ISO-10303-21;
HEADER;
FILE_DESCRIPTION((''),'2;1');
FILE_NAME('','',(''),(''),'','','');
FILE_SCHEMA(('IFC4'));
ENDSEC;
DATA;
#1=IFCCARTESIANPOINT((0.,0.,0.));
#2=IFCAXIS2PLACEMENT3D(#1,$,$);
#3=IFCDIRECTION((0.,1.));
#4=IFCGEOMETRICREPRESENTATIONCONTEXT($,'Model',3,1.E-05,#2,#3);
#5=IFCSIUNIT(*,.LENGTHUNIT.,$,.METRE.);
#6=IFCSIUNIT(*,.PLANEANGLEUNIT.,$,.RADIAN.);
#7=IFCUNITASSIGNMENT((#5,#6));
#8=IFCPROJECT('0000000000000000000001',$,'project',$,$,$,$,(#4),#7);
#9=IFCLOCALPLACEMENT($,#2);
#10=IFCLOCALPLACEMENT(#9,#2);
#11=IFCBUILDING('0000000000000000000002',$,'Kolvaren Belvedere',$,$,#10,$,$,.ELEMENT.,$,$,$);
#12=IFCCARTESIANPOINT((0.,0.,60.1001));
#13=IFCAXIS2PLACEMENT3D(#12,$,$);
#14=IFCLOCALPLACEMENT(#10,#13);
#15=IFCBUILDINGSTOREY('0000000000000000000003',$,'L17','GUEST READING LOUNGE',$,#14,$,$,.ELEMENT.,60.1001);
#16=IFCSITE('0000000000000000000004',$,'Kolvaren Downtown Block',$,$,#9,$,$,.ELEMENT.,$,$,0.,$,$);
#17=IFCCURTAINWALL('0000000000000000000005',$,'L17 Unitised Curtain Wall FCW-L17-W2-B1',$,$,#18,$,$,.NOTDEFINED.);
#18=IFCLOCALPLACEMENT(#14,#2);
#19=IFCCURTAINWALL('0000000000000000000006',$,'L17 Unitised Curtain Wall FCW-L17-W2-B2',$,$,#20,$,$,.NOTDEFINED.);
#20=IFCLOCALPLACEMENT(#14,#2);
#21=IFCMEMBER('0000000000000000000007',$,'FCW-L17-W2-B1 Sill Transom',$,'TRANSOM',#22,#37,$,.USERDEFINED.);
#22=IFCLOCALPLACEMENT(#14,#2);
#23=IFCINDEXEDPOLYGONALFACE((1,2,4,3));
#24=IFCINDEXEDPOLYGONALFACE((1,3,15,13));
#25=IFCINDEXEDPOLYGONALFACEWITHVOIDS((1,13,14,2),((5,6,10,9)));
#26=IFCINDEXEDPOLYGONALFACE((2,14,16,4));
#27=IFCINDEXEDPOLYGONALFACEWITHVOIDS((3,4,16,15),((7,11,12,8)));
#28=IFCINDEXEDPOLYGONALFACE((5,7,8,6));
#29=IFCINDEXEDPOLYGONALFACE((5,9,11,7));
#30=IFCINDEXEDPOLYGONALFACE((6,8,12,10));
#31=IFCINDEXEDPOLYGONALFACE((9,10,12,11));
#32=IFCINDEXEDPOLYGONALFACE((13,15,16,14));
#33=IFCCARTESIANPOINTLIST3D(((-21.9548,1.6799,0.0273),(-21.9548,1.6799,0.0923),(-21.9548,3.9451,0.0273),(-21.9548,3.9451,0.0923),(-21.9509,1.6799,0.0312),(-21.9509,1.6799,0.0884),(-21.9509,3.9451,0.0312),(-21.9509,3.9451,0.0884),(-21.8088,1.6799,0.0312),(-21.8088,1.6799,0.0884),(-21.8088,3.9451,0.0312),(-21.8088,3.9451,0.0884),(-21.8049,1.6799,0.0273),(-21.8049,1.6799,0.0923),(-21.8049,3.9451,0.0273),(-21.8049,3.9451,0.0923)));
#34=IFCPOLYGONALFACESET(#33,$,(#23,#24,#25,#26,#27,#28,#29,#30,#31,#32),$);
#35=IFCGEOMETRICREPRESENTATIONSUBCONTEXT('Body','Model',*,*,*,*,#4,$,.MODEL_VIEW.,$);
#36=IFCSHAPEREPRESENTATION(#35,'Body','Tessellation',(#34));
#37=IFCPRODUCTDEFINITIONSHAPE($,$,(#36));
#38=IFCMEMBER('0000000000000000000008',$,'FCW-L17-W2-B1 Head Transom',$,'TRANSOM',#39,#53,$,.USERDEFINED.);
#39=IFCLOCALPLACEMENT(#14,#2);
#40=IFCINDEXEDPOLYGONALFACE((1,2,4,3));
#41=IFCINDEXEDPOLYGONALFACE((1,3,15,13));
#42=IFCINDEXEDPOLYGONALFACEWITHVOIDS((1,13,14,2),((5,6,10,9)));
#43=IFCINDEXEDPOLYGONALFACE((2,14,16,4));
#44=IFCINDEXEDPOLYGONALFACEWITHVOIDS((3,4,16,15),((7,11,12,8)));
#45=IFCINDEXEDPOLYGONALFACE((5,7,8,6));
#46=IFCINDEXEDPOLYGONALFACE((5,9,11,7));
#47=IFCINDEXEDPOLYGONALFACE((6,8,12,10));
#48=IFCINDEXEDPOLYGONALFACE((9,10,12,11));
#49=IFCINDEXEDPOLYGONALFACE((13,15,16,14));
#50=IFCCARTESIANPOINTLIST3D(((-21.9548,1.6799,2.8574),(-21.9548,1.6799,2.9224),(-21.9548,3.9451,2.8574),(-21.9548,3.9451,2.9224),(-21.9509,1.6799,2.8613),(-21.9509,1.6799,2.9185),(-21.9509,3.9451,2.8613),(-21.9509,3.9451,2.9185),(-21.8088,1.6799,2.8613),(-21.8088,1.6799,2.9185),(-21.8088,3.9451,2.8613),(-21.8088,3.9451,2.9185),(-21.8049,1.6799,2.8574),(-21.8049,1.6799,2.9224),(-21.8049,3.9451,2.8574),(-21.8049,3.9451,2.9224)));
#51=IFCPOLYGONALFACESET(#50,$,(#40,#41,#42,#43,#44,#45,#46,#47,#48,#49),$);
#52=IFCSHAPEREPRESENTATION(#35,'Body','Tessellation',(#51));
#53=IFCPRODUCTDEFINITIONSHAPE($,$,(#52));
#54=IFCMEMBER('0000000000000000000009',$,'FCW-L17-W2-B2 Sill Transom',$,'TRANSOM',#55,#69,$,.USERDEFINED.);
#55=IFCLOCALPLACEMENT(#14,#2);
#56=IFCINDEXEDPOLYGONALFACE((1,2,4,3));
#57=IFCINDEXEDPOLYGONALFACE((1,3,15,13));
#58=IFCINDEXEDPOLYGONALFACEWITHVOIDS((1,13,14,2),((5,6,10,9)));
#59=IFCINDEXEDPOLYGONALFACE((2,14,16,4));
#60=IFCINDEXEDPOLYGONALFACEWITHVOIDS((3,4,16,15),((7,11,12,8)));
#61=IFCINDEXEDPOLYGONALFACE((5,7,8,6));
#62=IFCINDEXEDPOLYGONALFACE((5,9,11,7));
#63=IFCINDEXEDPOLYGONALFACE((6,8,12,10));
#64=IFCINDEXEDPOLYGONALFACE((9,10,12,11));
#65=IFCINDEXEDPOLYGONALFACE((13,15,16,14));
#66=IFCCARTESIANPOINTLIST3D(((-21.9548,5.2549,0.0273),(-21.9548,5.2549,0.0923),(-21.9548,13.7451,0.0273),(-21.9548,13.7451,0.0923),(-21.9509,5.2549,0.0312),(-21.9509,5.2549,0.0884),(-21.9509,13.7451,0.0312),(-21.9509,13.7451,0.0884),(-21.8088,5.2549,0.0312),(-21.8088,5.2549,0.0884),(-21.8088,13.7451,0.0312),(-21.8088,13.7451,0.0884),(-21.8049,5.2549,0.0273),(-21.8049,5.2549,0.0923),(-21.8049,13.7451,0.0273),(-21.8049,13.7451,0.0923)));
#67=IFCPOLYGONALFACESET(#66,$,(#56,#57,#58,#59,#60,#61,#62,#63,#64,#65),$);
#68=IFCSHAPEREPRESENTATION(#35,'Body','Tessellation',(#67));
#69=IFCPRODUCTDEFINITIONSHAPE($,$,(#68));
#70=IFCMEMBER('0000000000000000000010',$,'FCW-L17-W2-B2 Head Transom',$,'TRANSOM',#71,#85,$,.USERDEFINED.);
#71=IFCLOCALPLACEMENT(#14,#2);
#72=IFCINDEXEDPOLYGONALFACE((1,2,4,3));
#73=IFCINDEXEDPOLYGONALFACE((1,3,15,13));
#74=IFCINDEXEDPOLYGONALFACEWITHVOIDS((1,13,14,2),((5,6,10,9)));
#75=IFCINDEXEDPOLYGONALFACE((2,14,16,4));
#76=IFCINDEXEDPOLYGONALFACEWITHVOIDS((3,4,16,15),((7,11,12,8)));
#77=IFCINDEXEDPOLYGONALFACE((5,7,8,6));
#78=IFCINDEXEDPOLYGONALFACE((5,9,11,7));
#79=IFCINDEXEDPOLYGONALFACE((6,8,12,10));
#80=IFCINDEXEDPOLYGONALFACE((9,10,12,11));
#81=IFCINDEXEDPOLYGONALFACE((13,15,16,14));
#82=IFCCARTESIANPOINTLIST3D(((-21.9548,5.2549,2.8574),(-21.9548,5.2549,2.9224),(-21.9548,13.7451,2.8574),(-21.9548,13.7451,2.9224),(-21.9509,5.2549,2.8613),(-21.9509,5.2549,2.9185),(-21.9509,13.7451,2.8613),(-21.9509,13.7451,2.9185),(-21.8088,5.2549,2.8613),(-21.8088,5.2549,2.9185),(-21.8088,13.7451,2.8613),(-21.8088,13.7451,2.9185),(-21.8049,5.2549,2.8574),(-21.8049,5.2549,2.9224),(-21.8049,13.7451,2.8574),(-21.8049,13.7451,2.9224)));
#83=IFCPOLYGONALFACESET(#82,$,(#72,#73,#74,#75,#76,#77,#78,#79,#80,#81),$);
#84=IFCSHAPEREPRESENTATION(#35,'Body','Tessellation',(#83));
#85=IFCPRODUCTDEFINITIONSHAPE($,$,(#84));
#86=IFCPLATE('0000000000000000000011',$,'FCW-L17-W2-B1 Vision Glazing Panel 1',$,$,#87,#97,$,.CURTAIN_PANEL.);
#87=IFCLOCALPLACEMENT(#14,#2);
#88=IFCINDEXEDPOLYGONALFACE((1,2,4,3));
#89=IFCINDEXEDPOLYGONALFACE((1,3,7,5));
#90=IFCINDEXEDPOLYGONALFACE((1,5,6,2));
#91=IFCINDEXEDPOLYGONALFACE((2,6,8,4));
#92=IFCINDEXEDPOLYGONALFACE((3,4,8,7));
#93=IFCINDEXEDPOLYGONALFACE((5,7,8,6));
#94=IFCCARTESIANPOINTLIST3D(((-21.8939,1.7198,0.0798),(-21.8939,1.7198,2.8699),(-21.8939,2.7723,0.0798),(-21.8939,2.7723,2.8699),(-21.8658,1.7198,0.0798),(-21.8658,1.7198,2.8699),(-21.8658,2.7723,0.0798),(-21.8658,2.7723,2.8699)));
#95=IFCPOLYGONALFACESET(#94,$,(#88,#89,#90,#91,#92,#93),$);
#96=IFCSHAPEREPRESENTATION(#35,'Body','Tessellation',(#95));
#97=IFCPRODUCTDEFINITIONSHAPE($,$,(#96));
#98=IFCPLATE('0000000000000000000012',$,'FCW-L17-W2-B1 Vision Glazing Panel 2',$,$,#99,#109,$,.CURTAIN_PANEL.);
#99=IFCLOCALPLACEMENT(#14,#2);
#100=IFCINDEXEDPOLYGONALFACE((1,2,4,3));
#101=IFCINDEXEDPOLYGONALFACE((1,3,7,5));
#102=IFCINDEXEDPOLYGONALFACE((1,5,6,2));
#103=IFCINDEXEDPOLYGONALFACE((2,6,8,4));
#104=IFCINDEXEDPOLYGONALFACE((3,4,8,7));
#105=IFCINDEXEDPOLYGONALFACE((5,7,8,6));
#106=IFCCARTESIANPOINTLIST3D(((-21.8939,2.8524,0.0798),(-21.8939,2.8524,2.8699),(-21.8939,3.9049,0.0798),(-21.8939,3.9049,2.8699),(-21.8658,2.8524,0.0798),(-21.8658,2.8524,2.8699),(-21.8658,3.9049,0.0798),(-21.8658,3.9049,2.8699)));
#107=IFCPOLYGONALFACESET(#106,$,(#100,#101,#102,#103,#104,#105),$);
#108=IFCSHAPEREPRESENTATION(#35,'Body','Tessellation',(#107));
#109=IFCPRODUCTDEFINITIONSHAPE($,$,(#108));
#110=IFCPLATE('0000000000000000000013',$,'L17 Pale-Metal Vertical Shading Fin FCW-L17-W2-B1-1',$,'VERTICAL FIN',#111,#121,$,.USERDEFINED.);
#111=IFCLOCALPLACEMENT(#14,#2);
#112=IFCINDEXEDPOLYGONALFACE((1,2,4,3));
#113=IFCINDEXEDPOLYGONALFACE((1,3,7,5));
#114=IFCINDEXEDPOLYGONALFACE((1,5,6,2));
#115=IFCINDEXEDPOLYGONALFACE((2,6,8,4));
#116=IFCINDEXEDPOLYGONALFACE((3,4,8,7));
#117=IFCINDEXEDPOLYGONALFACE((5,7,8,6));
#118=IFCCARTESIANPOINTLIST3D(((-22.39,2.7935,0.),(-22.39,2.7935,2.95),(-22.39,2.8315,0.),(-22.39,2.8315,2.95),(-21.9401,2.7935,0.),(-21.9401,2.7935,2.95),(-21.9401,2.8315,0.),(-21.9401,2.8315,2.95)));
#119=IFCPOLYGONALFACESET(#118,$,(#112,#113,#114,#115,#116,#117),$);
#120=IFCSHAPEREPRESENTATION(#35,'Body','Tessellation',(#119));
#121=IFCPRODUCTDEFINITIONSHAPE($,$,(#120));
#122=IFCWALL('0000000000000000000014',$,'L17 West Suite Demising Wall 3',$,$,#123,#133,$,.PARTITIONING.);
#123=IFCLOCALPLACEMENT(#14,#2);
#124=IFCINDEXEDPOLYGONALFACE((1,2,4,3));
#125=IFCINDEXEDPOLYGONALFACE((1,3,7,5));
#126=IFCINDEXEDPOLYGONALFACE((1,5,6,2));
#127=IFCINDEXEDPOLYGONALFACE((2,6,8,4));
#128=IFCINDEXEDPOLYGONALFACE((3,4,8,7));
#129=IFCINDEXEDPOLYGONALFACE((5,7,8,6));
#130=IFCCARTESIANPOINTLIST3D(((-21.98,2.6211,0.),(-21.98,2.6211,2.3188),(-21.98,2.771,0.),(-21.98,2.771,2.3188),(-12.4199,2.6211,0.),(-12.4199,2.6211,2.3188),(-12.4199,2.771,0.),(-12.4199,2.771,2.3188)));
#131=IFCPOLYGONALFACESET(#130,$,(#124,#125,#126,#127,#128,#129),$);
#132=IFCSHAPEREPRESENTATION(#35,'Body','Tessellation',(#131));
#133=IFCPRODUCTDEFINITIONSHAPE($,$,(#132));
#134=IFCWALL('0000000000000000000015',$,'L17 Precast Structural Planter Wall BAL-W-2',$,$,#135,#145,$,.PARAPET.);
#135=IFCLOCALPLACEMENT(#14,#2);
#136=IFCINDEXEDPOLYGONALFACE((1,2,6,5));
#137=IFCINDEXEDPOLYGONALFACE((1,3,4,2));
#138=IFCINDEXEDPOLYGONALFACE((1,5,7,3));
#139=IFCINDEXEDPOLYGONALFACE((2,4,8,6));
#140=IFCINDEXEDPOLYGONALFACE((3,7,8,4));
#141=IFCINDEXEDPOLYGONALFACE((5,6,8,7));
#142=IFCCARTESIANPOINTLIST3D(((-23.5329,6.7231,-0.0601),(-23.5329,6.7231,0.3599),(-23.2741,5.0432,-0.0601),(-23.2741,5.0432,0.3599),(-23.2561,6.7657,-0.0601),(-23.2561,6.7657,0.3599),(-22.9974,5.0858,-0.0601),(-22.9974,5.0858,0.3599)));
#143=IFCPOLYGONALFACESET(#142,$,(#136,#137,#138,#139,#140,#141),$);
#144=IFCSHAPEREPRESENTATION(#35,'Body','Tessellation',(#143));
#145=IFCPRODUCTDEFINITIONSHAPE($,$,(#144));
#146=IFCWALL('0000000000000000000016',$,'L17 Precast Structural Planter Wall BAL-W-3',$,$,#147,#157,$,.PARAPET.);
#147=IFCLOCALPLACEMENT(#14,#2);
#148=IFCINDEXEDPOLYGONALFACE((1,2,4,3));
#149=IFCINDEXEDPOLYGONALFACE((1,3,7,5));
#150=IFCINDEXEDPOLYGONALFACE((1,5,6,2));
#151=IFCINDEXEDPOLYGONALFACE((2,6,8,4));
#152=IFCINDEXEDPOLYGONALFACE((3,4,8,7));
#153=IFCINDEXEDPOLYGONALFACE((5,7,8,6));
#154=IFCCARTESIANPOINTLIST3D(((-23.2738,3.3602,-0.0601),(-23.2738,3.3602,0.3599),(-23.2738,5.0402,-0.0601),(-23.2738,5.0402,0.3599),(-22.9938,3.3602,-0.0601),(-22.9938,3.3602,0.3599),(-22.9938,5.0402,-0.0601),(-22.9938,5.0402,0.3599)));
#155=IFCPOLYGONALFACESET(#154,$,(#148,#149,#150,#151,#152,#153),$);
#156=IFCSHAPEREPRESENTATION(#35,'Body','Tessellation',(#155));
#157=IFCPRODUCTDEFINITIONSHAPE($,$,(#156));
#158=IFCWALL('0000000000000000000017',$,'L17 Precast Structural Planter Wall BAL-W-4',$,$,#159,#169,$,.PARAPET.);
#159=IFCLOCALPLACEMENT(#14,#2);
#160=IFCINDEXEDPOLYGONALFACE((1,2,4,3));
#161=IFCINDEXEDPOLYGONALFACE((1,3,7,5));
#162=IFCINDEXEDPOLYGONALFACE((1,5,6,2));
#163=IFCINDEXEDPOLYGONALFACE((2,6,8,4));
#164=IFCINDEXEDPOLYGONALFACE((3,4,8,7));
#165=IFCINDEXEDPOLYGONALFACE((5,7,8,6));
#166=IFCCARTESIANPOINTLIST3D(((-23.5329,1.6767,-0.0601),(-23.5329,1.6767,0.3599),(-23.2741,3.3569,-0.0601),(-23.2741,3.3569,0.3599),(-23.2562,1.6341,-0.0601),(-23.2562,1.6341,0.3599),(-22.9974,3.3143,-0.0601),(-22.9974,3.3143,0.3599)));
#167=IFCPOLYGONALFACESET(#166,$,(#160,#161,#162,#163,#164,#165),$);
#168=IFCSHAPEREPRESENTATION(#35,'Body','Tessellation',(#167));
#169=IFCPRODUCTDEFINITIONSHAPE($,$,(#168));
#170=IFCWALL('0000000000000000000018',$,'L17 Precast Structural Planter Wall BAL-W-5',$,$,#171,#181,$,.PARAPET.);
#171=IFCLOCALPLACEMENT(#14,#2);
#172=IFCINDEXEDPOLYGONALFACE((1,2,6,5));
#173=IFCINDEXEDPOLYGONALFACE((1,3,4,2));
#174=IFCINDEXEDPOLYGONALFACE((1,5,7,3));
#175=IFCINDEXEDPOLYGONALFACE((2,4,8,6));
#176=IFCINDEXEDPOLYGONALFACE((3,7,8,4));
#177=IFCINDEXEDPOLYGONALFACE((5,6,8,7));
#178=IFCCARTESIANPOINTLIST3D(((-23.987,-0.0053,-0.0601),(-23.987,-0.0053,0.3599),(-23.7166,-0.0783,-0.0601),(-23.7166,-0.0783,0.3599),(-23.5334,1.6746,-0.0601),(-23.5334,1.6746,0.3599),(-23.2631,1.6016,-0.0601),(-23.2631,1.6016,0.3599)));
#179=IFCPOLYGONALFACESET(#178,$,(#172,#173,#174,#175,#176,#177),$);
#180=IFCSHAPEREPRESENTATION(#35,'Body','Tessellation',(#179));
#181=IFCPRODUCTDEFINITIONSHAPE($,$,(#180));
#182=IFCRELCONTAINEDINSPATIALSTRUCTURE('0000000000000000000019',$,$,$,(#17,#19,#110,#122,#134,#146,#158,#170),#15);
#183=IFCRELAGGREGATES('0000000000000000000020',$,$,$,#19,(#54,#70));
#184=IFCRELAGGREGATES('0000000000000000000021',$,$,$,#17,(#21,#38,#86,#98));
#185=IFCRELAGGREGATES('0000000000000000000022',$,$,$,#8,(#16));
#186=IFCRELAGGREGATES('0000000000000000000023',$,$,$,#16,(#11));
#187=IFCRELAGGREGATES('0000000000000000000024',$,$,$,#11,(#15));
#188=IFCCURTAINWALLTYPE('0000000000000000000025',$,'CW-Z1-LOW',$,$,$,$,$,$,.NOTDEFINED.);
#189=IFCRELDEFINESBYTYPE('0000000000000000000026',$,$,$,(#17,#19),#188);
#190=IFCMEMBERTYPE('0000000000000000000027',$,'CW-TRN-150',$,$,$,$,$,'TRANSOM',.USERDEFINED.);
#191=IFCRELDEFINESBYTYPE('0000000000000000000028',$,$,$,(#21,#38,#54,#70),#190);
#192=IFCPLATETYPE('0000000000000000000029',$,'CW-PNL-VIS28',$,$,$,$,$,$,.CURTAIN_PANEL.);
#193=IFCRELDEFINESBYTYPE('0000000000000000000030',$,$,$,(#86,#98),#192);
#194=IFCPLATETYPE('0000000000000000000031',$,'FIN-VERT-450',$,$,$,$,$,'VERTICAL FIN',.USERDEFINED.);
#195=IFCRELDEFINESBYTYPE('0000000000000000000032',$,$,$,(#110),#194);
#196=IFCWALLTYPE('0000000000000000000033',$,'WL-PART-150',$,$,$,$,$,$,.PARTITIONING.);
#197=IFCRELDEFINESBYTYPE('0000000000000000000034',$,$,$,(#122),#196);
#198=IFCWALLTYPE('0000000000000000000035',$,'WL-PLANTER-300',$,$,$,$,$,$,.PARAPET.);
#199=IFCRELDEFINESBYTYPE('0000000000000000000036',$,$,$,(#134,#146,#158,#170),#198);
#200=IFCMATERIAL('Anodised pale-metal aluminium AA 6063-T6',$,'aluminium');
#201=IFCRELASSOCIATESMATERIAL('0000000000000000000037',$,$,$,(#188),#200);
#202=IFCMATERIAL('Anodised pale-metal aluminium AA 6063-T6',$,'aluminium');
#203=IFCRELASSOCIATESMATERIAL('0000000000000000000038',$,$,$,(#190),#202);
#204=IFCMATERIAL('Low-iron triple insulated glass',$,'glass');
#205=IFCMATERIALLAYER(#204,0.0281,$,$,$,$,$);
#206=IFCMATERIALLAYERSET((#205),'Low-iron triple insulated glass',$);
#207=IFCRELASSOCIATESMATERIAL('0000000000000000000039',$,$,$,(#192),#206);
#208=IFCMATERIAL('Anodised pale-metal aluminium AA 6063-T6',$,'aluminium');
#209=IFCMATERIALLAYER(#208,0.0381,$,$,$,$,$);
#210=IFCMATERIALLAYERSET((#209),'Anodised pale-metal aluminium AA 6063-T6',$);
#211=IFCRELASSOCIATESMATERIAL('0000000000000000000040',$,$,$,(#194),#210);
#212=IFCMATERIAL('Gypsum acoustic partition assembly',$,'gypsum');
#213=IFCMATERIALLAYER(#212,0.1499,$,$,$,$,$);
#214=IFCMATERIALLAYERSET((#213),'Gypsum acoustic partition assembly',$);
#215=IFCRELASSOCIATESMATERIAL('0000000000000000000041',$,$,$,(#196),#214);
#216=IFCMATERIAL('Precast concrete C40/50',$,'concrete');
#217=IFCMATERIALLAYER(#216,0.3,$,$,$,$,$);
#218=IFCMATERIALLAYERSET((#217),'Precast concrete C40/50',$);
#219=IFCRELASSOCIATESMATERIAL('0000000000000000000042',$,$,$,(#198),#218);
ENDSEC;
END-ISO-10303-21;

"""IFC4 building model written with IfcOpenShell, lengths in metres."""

from ifc_helpers import new_model, si_unit, direction, frame, frame_2d, origin, origin_2d, place, context, subcontext, project, spatial, rectangle, hollow_rectangle, extrude, material, layer, layer_set, material_profile, profile_set, type_object, element, aggregate, save


model = new_model("IFC4")

# Units and contexts
model_context = context("Model", 3, precision=1e-05, world=origin(), true_north=direction((0.0, 1.0)))
body_context = subcontext(model_context, "Body", "Model", "MODEL_VIEW")
ifc_project = project(units=[si_unit("LENGTHUNIT", "METRE"), si_unit("PLANEANGLEUNIT", "RADIAN")], contexts=[model_context])

# Site, building, storey
site_placement = place(None, origin())
site = spatial("IfcSite", under=ifc_project, at=site_placement, Name="Kolvaren Downtown Block", CompositionType="ELEMENT", RefElevation=0.0)
building_placement = place(site_placement, origin())
building = spatial("IfcBuilding", under=site, at=building_placement, Name="Kolvaren Belvedere", CompositionType="ELEMENT")
storey_placement = place(building_placement, frame((0.0, 0.0, 60.1001)))
storey = spatial("IfcBuildingStorey", under=building, at=storey_placement, Name="L17", Description="GUEST READING LOUNGE", CompositionType="ELEMENT", Elevation=60.1001)

# Curtain wall
ifc_material_1 = material(Name="Anodised pale-metal aluminium AA 6063-T6", Category="aluminium")
curtain_wall_type = type_object("IfcCurtainWallType", Name="CW-Z1-LOW", PredefinedType="NOTDEFINED", material=ifc_material_1)
curtain_wall_1_placement = place(storey_placement, origin())
curtain_wall_1 = element("IfcCurtainWall", 1, at=curtain_wall_1_placement, inside=storey, type_object=curtain_wall_type, Name="L17 Unitised Curtain Wall FCW-L17-W2-B1", PredefinedType="NOTDEFINED")

# Curtain wall
curtain_wall_2_placement = place(storey_placement, origin())
curtain_wall_2 = element("IfcCurtainWall", 2, at=curtain_wall_2_placement, inside=storey, type_object=curtain_wall_type, Name="L17 Unitised Curtain Wall FCW-L17-W2-B2", PredefinedType="NOTDEFINED")

# Members
ifc_material_2 = material(Name="Anodised pale-metal aluminium AA 6063-T6", Category="aluminium")
ifc_material_profile_1 = material_profile(ifc_material_2, hollow_rectangle(XDim=0.0649, YDim=0.1499, WallThickness=0.0039, at=origin_2d()), Name="ALU-TRN-150X65")
ifc_profile_set_1 = profile_set([ifc_material_profile_1], Name="Anodised pale-metal aluminium AA 6063-T6")
member_type_1 = type_object("IfcMemberType", Name="CW-TRN-150", ElementType="TRANSOM", PredefinedType="USERDEFINED", material=ifc_profile_set_1)
member_1_placement = place(storey_placement, frame((-21.8799, 1.6799, 0.0598), z_axis=(0.0, 1.0, 0.0), x_axis=(0.0, 0.0, 1.0)))
member_1 = element("IfcMember", 3, at=member_1_placement, type_object=member_type_1, Name="FCW-L17-W2-B1 Sill Transom", ObjectType="TRANSOM", PredefinedType="USERDEFINED", context=body_context, shape_type="SweptSolid", body=[
    extrude(hollow_rectangle(XDim=0.0649, YDim=0.1499, WallThickness=0.0039, at=origin_2d()), origin(), (0.0, 0.0, 1.0), 2.2651),
])
member_2_placement = place(storey_placement, frame((-21.8799, 1.6799, 2.8899), z_axis=(0.0, 1.0, 0.0), x_axis=(0.0, 0.0, 1.0)))
member_2 = element("IfcMember", 4, at=member_2_placement, type_object=member_type_1, Name="FCW-L17-W2-B1 Head Transom", ObjectType="TRANSOM", PredefinedType="USERDEFINED", context=body_context, shape_type="SweptSolid", body=[
    extrude(hollow_rectangle(XDim=0.0649, YDim=0.1499, WallThickness=0.0039, at=origin_2d()), origin(), (0.0, 0.0, 1.0), 2.2651),
])
member_3_placement = place(storey_placement, frame((-21.8799, 5.2549, 0.0598), z_axis=(0.0, 1.0, 0.0), x_axis=(0.0, 0.0, 1.0)))
member_3 = element("IfcMember", 5, at=member_3_placement, type_object=member_type_1, Name="FCW-L17-W2-B2 Sill Transom", ObjectType="TRANSOM", PredefinedType="USERDEFINED", context=body_context, shape_type="SweptSolid", body=[
    extrude(hollow_rectangle(XDim=0.0649, YDim=0.1499, WallThickness=0.0039, at=origin_2d()), origin(), (0.0, 0.0, 1.0), 8.4902),
])
member_4_placement = place(storey_placement, frame((-21.8799, 5.2549, 2.8899), z_axis=(0.0, 1.0, 0.0), x_axis=(0.0, 0.0, 1.0)))
member_4 = element("IfcMember", 6, at=member_4_placement, type_object=member_type_1, Name="FCW-L17-W2-B2 Head Transom", ObjectType="TRANSOM", PredefinedType="USERDEFINED", context=body_context, shape_type="SweptSolid", body=[
    extrude(hollow_rectangle(XDim=0.0649, YDim=0.1499, WallThickness=0.0039, at=origin_2d()), origin(), (0.0, 0.0, 1.0), 8.4902),
])
aggregate(curtain_wall_2, [member_3, member_4])

# Plates
ifc_material_3 = material(Name="Low-iron triple insulated glass", Category="glass")
ifc_layer_1 = layer(ifc_material_3, 0.0281)
ifc_layer_set_1 = layer_set([ifc_layer_1], Name="Low-iron triple insulated glass")
plate_type_1 = type_object("IfcPlateType", Name="CW-PNL-VIS28", PredefinedType="CURTAIN_PANEL", material=ifc_layer_set_1)
plate_1_placement = place(storey_placement, frame((-21.8799, 2.2461, 0.0798), z_axis=(0.0, 0.0, 1.0), x_axis=(0.0, 1.0, 0.0)))
plate_1 = element("IfcPlate", 7, at=plate_1_placement, type_object=plate_type_1, Name="FCW-L17-W2-B1 Vision Glazing Panel 1", PredefinedType="CURTAIN_PANEL", context=body_context, shape_type="SweptSolid", body=[
    extrude(rectangle(XDim=1.0525, YDim=0.0281, at=origin_2d()), origin(), (0.0, 0.0, 1.0), 2.79),
])
plate_2_placement = place(storey_placement, frame((-21.8799, 3.3787, 0.0798), z_axis=(0.0, 0.0, 1.0), x_axis=(0.0, 1.0, 0.0)))
plate_2 = element("IfcPlate", 8, at=plate_2_placement, type_object=plate_type_1, Name="FCW-L17-W2-B1 Vision Glazing Panel 2", PredefinedType="CURTAIN_PANEL", context=body_context, shape_type="SweptSolid", body=[
    extrude(rectangle(XDim=1.0525, YDim=0.0281, at=origin_2d()), origin(), (0.0, 0.0, 1.0), 2.79),
])
aggregate(curtain_wall_1, [member_1, member_2, plate_1, plate_2])
ifc_material_4 = material(Name="Anodised pale-metal aluminium AA 6063-T6", Category="aluminium")
ifc_layer_2 = layer(ifc_material_4, 0.0381)
ifc_layer_set_2 = layer_set([ifc_layer_2], Name="Anodised pale-metal aluminium AA 6063-T6")
plate_type_2 = type_object("IfcPlateType", Name="FIN-VERT-450", ElementType="VERTICAL FIN", PredefinedType="USERDEFINED", material=ifc_layer_set_2)
plate_3_placement = place(storey_placement, frame((-22.165, 2.8125, 0.0), z_axis=(0.0, 0.0, 1.0), x_axis=(1.0, 0.0, 0.0)))
element("IfcPlate", 9, at=plate_3_placement, inside=storey, type_object=plate_type_2, Name="L17 Pale-Metal Vertical Shading Fin FCW-L17-W2-B1-1", ObjectType="VERTICAL FIN", PredefinedType="USERDEFINED", context=body_context, shape_type="SweptSolid", body=[
    extrude(rectangle(XDim=0.45, YDim=0.0381, at=origin_2d()), origin(), (0.0, 0.0, 1.0), 2.95),
])

# Walls
ifc_material_5 = material(Name="Gypsum acoustic partition assembly", Category="gypsum")
ifc_layer_3 = layer(ifc_material_5, 0.1499)
ifc_layer_set_3 = layer_set([ifc_layer_3], Name="Gypsum acoustic partition assembly")
wall_type_1 = type_object("IfcWallType", Name="WL-PART-150", PredefinedType="PARTITIONING", material=ifc_layer_set_3)
wall_1_placement = place(storey_placement, frame((-21.98, 2.696, 0.0), z_axis=(0.0, 0.0, 1.0), x_axis=(1.0, 0.0, 0.0)))
element("IfcWall", 10, at=wall_1_placement, inside=storey, type_object=wall_type_1, Name="L17 West Suite Demising Wall 3", PredefinedType="PARTITIONING", context=body_context, shape_type="SweptSolid", body=[
    extrude(rectangle(XDim=9.5601, YDim=0.1499, at=frame_2d((4.78, 0.0))), origin(), (0.0, 0.0, 1.0), 2.3188),
])
ifc_material_6 = material(Name="Precast concrete C40/50", Category="concrete")
ifc_layer_4 = layer(ifc_material_6, 0.3)
ifc_layer_set_4 = layer_set([ifc_layer_4], Name="Precast concrete C40/50")
wall_type_2 = type_object("IfcWallType", Name="WL-PLANTER-300", PredefinedType="PARAPET", material=ifc_layer_set_4)
wall_2_placement = place(storey_placement, frame((-23.3945, 6.7444, -0.0601), z_axis=(0.0, 0.0, 1.0), x_axis=(0.152251, -0.988342, 0.0)))
element("IfcWall", 11, at=wall_2_placement, inside=storey, type_object=wall_type_2, Name="L17 Precast Structural Planter Wall BAL-W-2", PredefinedType="PARAPET", context=body_context, shape_type="SweptSolid", body=[
    extrude(rectangle(XDim=1.6997, YDim=0.28, at=frame_2d((0.8499, 0.0))), origin(), (0.0, 0.0, 1.0), 0.4199),
])
wall_3_placement = place(storey_placement, frame((-23.1338, 5.04, -0.0601), z_axis=(0.0, 0.0, 1.0), x_axis=(0.0, -1.0, 0.0)))
element("IfcWall", 12, at=wall_3_placement, inside=storey, type_object=wall_type_2, Name="L17 Precast Structural Planter Wall BAL-W-3", PredefinedType="PARAPET", context=body_context, shape_type="SweptSolid", body=[
    extrude(rectangle(XDim=1.6799, YDim=0.28, at=frame_2d((0.8398, 0.0))), origin(), (0.0, 0.0, 1.0), 0.4199),
])
wall_4_placement = place(storey_placement, frame((-23.1357, 3.3357, -0.0601), z_axis=(0.0, 0.0, 1.0), x_axis=(-0.15223, -0.988345, 0.0)))
element("IfcWall", 13, at=wall_4_placement, inside=storey, type_object=wall_type_2, Name="L17 Precast Structural Planter Wall BAL-W-4", PredefinedType="PARAPET", context=body_context, shape_type="SweptSolid", body=[
    extrude(rectangle(XDim=1.7, YDim=0.28, at=frame_2d((0.8501, 0.0))), origin(), (0.0, 0.0, 1.0), 0.4199),
])
wall_5_placement = place(storey_placement, frame((-23.3982, 1.6382, -0.0601), z_axis=(0.0, 0.0, 1.0), x_axis=(-0.260683, -0.965424, 0.0)))
element("IfcWall", 14, at=wall_5_placement, inside=storey, type_object=wall_type_2, Name="L17 Precast Structural Planter Wall BAL-W-5", PredefinedType="PARAPET", context=body_context, shape_type="SweptSolid", body=[
    extrude(rectangle(XDim=1.74, YDim=0.28, at=frame_2d((0.8701, 0.0))), origin(), (0.0, 0.0, 1.0), 0.4199),
])

save(model, "model.ifc")
